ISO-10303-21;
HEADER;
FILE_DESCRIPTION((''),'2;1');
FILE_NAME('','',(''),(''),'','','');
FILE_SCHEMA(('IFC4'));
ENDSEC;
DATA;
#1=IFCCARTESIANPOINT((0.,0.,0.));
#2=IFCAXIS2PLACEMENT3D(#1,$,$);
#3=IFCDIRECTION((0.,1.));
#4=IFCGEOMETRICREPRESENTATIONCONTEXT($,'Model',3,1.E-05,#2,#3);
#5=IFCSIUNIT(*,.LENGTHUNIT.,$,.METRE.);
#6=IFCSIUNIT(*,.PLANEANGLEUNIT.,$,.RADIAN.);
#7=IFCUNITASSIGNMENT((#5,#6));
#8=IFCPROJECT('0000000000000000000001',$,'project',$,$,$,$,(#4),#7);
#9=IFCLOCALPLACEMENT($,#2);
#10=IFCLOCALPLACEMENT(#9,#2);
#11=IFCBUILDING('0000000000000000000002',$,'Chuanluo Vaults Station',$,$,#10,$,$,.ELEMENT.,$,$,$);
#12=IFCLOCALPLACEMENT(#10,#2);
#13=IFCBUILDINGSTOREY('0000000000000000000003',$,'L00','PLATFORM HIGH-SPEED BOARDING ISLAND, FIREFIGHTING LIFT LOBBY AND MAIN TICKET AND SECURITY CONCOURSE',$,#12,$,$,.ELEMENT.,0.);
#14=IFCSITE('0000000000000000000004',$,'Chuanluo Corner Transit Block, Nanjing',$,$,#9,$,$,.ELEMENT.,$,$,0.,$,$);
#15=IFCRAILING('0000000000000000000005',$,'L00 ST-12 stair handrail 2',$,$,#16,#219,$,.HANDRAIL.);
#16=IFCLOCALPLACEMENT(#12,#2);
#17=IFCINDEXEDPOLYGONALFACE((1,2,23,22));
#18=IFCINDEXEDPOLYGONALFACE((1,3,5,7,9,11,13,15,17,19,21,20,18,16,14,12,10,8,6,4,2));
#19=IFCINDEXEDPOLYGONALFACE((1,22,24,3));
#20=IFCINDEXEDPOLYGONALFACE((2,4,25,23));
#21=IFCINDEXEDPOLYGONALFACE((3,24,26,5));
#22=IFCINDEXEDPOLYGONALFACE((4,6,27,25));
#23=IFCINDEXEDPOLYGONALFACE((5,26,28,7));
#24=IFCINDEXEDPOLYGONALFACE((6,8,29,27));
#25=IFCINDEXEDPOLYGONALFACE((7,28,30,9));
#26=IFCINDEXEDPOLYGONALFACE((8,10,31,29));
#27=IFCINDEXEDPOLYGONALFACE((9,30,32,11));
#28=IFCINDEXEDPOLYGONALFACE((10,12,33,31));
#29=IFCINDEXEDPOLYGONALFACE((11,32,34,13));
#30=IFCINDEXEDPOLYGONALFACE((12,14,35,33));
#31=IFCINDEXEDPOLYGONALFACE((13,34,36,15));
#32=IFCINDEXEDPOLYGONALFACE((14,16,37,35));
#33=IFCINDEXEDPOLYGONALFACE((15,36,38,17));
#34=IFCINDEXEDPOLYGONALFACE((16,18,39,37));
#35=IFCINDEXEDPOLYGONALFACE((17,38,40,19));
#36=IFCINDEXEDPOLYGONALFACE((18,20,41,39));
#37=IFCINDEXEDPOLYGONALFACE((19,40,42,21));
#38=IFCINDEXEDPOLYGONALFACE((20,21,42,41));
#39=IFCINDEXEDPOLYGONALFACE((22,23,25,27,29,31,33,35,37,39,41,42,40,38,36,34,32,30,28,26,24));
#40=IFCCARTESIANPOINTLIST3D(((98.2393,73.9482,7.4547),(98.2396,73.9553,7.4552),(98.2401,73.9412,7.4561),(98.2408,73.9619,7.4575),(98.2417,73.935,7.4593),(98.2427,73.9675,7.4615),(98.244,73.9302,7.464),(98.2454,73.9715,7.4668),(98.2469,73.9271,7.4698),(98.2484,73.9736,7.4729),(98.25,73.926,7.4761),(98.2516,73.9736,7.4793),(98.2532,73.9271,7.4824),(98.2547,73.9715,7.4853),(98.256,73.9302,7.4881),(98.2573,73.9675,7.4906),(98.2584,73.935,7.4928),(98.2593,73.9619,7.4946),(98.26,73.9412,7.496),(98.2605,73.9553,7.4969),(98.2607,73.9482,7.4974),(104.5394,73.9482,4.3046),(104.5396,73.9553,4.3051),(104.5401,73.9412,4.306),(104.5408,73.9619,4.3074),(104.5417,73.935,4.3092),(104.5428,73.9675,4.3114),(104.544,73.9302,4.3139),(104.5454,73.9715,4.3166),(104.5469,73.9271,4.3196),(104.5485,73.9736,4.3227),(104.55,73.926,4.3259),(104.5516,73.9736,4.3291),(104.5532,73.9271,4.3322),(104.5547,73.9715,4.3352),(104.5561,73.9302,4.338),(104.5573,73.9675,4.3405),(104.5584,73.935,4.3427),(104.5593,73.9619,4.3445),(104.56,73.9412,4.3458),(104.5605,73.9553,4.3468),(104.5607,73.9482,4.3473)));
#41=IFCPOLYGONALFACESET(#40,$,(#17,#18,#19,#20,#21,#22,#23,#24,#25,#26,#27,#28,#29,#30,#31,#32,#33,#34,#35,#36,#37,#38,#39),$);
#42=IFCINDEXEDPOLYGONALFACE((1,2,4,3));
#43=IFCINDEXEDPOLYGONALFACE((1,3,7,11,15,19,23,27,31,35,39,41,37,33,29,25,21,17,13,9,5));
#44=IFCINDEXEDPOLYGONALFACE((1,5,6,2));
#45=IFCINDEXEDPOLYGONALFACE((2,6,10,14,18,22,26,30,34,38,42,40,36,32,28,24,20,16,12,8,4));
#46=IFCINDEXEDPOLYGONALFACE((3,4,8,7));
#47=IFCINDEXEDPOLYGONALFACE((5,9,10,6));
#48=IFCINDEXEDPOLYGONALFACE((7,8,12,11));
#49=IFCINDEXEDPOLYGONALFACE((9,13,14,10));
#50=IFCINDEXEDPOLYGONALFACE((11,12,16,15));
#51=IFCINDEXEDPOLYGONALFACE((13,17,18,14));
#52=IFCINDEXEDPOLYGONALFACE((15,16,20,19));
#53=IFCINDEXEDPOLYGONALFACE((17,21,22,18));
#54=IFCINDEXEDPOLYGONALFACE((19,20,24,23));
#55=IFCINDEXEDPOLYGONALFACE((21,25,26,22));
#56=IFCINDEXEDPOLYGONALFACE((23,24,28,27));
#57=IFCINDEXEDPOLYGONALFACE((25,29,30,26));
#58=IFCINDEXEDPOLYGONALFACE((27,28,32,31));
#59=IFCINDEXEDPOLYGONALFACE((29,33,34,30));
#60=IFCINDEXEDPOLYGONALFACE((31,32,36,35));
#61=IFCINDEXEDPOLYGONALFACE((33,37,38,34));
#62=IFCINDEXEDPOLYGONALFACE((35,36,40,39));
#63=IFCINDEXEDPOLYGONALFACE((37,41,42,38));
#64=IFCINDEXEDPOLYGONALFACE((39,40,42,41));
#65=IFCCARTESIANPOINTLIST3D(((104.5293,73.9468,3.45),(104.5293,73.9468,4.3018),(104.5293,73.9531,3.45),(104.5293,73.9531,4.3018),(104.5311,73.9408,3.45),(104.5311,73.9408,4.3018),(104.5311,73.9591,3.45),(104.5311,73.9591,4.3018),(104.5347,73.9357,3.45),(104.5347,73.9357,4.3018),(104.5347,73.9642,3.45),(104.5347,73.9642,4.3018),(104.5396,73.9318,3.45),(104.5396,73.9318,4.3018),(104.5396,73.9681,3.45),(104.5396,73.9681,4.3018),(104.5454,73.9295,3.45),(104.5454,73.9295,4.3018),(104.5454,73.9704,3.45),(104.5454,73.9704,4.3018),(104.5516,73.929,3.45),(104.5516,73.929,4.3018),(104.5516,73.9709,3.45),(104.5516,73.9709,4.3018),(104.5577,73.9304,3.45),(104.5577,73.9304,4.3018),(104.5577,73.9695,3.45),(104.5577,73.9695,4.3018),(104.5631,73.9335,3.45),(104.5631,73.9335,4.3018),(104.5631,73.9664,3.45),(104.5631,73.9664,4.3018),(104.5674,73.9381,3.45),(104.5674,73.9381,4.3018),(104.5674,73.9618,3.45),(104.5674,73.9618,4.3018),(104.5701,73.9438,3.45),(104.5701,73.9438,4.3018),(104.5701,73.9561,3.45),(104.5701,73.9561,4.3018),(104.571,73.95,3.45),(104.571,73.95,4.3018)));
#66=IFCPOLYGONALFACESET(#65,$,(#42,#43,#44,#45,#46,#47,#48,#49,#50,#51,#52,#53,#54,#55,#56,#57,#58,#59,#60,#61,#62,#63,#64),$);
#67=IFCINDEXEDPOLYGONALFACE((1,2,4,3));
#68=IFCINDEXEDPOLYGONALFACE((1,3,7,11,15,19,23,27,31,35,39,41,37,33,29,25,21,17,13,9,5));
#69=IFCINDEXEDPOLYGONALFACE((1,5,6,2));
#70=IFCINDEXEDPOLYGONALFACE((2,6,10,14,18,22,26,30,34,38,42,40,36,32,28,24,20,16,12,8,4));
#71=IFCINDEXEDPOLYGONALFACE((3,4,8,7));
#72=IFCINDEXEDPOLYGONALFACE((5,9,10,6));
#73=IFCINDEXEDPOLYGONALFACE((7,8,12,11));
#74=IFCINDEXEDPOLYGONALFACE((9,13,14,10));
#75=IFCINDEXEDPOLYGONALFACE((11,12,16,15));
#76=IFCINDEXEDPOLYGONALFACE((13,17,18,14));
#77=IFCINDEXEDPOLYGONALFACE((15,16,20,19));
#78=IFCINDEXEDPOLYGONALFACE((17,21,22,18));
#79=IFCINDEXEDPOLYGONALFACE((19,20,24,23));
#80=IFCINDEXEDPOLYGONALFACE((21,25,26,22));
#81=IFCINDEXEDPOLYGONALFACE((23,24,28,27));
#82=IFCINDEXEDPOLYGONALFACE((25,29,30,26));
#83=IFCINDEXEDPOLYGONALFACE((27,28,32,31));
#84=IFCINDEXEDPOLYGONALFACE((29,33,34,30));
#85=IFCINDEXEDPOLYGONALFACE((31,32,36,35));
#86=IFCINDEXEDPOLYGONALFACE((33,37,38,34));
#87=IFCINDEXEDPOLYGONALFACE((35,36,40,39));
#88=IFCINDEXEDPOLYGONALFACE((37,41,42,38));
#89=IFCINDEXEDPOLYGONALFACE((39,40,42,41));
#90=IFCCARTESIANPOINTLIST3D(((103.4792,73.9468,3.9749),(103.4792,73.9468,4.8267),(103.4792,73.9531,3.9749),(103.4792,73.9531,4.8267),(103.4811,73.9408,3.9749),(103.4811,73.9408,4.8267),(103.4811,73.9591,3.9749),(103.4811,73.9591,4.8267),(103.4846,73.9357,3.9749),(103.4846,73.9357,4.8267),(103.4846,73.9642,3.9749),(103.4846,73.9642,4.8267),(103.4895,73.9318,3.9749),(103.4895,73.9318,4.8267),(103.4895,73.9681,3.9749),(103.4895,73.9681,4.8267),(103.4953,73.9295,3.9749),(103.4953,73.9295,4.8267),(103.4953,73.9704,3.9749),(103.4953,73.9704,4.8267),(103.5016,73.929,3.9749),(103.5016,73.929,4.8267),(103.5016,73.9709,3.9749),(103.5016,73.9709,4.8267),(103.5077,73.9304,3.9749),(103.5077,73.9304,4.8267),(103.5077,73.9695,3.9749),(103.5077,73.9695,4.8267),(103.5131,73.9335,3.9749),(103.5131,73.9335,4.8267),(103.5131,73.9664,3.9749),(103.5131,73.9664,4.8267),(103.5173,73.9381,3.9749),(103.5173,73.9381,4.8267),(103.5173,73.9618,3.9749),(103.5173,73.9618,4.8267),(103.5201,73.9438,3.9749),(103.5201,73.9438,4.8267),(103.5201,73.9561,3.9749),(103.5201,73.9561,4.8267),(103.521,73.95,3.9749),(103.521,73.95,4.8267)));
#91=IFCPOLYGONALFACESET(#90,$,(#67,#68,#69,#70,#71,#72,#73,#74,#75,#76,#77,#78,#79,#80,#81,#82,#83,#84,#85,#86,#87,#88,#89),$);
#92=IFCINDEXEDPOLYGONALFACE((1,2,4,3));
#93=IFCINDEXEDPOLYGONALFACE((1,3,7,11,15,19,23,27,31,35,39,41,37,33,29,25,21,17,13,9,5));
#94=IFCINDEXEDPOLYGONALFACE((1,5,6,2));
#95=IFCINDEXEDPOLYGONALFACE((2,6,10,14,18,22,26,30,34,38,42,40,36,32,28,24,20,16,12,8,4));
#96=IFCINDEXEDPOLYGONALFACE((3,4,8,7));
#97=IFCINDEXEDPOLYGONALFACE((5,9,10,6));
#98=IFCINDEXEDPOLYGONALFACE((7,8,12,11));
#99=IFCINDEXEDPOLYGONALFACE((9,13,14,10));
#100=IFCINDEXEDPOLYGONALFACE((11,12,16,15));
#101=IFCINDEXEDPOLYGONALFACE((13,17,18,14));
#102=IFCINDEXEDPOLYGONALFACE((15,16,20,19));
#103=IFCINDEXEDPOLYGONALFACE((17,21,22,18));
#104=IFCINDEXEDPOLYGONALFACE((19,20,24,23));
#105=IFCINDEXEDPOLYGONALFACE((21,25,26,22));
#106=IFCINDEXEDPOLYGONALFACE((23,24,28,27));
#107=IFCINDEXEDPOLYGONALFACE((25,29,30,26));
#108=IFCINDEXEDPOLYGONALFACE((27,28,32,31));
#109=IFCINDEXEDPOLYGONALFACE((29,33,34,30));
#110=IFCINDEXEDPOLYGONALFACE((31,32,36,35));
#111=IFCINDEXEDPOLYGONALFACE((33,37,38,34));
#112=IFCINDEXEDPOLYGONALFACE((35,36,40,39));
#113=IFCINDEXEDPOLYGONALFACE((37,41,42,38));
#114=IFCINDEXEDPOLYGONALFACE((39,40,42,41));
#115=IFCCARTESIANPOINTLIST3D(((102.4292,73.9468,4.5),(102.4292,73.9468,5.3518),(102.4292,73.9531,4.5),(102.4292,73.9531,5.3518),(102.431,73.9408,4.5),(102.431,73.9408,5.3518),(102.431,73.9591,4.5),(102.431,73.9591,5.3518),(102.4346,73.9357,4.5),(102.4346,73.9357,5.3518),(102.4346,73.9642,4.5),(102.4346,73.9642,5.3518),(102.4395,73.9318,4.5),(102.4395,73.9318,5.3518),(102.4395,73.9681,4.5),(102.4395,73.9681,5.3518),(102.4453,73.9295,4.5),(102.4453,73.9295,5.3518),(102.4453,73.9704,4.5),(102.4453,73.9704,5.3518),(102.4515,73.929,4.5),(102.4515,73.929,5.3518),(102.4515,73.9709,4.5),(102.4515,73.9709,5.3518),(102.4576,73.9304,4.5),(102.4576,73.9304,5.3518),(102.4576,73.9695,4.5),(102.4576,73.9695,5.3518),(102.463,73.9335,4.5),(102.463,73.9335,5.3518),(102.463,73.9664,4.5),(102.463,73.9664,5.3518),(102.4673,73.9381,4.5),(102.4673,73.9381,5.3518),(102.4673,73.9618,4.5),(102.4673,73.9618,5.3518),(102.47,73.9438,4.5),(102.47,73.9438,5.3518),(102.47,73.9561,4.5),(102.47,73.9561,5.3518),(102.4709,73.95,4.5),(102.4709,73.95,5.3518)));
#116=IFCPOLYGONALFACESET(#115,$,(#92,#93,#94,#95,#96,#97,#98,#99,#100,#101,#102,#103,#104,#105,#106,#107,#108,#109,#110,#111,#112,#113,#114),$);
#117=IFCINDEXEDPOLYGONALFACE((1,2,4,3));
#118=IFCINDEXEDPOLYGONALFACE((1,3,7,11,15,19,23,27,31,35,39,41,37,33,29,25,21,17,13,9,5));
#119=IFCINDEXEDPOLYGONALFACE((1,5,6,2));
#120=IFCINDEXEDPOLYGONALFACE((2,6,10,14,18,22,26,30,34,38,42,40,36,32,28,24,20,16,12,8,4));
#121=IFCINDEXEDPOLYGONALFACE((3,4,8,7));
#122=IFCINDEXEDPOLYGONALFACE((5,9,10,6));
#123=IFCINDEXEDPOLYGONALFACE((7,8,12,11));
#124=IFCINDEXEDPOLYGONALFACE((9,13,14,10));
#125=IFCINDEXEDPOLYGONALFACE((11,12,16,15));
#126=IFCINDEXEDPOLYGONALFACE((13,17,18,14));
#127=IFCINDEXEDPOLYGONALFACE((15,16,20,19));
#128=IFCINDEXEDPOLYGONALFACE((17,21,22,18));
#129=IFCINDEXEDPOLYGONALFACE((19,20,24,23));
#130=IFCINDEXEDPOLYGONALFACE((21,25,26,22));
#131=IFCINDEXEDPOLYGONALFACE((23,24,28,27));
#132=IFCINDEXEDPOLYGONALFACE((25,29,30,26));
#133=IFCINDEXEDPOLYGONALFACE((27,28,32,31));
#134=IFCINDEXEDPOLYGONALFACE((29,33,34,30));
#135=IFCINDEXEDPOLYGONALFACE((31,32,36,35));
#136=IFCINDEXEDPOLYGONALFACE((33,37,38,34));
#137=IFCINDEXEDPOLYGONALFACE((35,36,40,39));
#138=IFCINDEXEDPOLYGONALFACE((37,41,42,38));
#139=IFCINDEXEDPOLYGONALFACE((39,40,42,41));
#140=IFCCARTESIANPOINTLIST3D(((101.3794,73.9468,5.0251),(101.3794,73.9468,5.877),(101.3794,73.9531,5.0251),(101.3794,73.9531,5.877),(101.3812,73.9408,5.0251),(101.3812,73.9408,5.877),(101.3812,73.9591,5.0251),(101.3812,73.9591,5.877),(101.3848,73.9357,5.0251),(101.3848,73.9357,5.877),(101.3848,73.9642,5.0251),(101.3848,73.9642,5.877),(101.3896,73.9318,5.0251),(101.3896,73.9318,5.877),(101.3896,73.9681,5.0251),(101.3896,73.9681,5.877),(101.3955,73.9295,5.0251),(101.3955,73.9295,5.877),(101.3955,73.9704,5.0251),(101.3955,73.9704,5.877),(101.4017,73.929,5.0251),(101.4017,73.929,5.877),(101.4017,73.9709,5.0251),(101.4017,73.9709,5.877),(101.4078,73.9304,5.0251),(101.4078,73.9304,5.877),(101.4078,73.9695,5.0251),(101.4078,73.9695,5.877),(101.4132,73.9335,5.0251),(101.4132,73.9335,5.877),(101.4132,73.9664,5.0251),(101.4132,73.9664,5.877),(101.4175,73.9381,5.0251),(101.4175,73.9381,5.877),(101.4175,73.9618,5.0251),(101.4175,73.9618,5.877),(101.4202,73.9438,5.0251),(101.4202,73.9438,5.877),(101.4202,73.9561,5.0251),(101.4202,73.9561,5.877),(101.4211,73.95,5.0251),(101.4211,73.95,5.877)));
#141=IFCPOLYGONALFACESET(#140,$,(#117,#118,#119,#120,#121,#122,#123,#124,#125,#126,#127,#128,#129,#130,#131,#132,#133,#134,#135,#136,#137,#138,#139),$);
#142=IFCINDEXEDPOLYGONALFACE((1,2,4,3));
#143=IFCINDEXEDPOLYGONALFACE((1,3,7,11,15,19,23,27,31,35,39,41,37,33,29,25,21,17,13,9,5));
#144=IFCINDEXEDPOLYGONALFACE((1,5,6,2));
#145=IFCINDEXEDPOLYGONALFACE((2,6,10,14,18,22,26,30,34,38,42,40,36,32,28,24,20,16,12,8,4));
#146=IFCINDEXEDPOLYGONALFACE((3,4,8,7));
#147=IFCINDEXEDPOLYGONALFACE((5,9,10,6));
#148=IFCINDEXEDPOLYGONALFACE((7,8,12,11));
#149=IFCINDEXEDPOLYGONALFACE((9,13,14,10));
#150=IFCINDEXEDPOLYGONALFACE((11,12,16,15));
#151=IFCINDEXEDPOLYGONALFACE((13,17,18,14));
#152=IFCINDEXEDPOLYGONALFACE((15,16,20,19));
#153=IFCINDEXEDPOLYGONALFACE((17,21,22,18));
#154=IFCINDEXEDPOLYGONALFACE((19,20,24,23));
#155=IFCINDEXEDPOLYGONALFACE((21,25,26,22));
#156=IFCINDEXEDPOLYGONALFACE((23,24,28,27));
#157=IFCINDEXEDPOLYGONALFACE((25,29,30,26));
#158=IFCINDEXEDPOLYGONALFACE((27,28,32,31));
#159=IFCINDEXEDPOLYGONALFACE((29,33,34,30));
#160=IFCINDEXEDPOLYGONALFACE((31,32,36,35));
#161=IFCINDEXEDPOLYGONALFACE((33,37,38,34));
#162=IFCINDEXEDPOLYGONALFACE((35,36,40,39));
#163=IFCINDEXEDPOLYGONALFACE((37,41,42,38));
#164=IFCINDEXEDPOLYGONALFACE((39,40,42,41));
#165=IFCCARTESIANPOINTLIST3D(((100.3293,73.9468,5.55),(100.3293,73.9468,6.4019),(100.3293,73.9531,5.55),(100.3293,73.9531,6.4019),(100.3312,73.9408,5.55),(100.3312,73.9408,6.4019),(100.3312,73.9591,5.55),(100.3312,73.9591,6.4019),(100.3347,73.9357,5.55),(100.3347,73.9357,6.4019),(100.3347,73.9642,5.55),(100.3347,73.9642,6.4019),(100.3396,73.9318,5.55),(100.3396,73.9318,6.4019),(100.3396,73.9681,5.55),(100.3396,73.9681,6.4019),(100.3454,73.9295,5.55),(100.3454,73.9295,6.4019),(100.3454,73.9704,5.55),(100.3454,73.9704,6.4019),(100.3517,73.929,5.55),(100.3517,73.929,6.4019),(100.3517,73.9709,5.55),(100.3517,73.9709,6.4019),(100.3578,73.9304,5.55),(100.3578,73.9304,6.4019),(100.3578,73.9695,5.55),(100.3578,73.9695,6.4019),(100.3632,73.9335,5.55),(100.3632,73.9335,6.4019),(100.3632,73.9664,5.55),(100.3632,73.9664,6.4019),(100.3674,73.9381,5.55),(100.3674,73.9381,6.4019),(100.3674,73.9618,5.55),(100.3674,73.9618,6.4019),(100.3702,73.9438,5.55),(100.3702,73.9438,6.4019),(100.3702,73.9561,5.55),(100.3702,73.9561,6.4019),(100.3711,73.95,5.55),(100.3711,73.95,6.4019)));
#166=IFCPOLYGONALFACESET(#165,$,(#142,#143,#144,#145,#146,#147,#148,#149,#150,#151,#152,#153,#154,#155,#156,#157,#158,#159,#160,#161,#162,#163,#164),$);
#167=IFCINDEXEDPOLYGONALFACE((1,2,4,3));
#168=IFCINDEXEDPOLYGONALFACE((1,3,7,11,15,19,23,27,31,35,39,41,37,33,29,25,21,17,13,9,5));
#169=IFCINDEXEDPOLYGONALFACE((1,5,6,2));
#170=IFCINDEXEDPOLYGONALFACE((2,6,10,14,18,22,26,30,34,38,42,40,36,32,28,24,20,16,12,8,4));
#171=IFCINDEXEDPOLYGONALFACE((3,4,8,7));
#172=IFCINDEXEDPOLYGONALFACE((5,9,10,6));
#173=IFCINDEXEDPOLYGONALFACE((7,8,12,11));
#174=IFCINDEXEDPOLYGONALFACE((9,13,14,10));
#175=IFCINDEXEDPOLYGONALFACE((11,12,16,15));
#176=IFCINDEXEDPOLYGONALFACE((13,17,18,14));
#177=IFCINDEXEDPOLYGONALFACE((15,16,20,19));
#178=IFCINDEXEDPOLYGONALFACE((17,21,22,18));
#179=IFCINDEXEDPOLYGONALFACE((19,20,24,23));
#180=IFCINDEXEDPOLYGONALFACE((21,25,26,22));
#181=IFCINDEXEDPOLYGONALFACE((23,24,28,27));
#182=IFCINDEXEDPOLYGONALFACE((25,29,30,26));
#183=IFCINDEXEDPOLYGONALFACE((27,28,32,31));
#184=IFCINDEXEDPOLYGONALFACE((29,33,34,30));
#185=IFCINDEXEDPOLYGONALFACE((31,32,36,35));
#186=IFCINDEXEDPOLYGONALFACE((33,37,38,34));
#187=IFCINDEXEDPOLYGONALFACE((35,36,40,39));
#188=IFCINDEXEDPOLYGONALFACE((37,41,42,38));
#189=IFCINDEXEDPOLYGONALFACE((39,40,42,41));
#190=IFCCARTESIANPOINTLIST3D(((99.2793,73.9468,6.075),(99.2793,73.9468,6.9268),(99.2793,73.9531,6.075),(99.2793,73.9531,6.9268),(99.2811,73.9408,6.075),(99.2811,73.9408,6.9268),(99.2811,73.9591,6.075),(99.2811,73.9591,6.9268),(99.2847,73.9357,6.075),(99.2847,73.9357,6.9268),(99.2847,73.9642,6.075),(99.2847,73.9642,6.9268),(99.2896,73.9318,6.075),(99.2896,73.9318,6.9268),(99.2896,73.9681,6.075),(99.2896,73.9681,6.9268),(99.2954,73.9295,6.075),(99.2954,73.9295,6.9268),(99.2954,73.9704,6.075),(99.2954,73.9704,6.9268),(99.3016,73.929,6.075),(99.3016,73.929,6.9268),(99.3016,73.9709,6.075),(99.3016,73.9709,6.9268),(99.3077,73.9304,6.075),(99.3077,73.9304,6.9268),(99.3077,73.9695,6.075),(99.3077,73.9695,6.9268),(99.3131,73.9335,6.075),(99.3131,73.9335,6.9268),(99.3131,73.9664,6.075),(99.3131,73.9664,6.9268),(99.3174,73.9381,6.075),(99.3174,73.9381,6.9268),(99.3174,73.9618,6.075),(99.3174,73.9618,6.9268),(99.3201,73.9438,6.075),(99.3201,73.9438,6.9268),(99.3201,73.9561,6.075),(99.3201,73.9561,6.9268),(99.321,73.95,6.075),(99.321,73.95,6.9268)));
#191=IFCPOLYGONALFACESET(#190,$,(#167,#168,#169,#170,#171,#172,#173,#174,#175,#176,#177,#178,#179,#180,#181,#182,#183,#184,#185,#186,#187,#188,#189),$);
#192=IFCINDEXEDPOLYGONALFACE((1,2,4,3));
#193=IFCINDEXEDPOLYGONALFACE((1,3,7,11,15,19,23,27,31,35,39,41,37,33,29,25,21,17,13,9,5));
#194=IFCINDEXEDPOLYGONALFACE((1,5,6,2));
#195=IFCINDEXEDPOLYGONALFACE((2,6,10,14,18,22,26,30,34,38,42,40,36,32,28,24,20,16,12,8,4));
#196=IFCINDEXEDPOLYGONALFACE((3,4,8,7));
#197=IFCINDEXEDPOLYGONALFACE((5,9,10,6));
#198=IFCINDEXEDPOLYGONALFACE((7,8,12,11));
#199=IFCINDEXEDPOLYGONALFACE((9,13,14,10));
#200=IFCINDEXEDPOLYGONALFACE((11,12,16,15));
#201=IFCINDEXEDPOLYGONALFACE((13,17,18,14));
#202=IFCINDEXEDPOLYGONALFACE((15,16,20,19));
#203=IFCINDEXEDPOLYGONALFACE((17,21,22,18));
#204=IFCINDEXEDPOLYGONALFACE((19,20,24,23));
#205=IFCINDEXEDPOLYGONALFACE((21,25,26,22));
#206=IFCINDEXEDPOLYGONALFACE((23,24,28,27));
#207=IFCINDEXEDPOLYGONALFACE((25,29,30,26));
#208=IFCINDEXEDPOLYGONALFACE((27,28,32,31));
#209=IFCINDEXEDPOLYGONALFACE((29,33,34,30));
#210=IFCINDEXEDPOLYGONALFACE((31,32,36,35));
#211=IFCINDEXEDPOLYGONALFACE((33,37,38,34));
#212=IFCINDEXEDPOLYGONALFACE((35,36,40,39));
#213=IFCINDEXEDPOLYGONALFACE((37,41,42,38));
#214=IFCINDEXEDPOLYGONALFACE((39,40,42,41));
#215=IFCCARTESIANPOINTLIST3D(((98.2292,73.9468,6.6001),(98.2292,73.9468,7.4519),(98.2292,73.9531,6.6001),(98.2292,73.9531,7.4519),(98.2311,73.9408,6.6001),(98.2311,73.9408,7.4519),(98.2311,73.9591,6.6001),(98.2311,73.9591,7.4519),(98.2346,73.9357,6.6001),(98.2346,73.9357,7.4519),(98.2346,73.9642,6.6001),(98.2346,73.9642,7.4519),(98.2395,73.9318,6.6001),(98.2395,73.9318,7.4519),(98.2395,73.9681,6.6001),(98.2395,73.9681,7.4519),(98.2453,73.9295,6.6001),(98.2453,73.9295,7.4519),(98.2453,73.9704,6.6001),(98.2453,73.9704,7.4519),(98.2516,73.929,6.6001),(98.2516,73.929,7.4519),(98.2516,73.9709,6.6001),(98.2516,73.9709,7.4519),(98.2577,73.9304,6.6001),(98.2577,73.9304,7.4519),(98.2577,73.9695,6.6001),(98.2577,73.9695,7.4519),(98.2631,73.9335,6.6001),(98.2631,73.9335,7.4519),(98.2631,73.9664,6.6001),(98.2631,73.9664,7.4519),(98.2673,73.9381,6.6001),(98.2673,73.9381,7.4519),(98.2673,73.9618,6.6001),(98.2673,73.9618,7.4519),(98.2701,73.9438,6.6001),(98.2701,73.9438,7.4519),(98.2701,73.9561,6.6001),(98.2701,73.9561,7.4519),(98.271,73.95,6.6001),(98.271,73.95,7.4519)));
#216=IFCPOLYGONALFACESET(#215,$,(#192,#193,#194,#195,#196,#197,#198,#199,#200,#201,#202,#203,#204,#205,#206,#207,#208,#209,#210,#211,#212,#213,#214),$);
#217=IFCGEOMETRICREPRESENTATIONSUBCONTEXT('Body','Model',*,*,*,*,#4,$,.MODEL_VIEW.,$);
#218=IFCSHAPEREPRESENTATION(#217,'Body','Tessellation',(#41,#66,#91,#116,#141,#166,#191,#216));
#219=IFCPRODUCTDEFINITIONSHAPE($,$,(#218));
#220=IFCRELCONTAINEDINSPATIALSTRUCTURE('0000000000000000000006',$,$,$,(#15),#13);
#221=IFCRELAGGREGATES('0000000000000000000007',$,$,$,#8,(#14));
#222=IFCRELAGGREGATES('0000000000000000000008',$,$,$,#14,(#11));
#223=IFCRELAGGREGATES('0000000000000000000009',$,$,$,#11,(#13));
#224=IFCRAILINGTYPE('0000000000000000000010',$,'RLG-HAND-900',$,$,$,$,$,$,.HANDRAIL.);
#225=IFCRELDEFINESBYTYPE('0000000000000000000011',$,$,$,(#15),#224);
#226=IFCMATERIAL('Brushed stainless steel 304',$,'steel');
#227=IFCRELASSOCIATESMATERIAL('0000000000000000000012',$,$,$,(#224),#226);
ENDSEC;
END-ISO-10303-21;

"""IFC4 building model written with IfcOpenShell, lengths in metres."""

from ifc_helpers import new_model, si_unit, direction, frame, origin, origin_2d, place, context, subcontext, project, spatial, circle, extrude, material, type_object, element, save


model = new_model("IFC4")

# Units and contexts
model_context = context("Model", 3, precision=1e-05, world=origin(), true_north=direction((0.0, 1.0)))
body_context = subcontext(model_context, "Body", "Model", "MODEL_VIEW")
ifc_project = project(units=[si_unit("LENGTHUNIT", "METRE"), si_unit("PLANEANGLEUNIT", "RADIAN")], contexts=[model_context])

# Site, building, storey
site_placement = place(None, origin())
site = spatial("IfcSite", under=ifc_project, at=site_placement, Name="Chuanluo Corner Transit Block, Nanjing", CompositionType="ELEMENT", RefElevation=0.0)
building_placement = place(site_placement, origin())
building = spatial("IfcBuilding", under=site, at=building_placement, Name="Chuanluo Vaults Station", CompositionType="ELEMENT")
storey_placement = place(building_placement, origin())
storey = spatial("IfcBuildingStorey", under=building, at=storey_placement, Name="L00", Description="PLATFORM HIGH-SPEED BOARDING ISLAND, FIREFIGHTING LIFT LOBBY AND MAIN TICKET AND SECURITY CONCOURSE", CompositionType="ELEMENT", Elevation=0.0)

# Railing
ifc_material_1 = material(Name="Brushed stainless steel 304", Category="steel")
railing_type_1 = type_object("IfcRailingType", Name="RLG-HAND-900", PredefinedType="HANDRAIL", material=ifc_material_1)
railing_1_placement = place(storey_placement, frame((104.55, 73.95, 3.45)))
element("IfcRailing", 1, at=railing_1_placement, inside=storey, type_object=railing_type_1, Name="L00 ST-12 stair handrail 2", PredefinedType="HANDRAIL", context=body_context, shape_type="SweptSolid", body=[
    extrude(circle(Radius=0.0239, at=origin_2d()), frame((0.0, 0.0, 0.876), z_axis=(-0.89442, 0.0, 0.447227), x_axis=(0.0, -1.0, 0.0)), (0.0, 0.0, 1.0), 7.0437),
    extrude(circle(Radius=0.021, at=origin_2d()), origin(), (0.0, 0.0, 1.0), 0.8518),
    extrude(circle(Radius=0.021, at=origin_2d()), frame((-1.05, 0.0, 0.5249)), (0.0, 0.0, 1.0), 0.8518),
    extrude(circle(Radius=0.021, at=origin_2d()), frame((-2.1001, 0.0, 1.05)), (0.0, 0.0, 1.0), 0.8518),
    extrude(circle(Radius=0.021, at=origin_2d()), frame((-3.1499, 0.0, 1.5752)), (0.0, 0.0, 1.0), 0.8518),
    extrude(circle(Radius=0.021, at=origin_2d()), frame((-4.2, 0.0, 2.1001)), (0.0, 0.0, 1.0), 0.8518),
    extrude(circle(Radius=0.021, at=origin_2d()), frame((-5.25, 0.0, 2.625)), (0.0, 0.0, 1.0), 0.8518),
    extrude(circle(Radius=0.021, at=origin_2d()), frame((-6.3, 0.0, 3.1501)), (0.0, 0.0, 1.0), 0.8518),
])

save(model, "model.ifc")
